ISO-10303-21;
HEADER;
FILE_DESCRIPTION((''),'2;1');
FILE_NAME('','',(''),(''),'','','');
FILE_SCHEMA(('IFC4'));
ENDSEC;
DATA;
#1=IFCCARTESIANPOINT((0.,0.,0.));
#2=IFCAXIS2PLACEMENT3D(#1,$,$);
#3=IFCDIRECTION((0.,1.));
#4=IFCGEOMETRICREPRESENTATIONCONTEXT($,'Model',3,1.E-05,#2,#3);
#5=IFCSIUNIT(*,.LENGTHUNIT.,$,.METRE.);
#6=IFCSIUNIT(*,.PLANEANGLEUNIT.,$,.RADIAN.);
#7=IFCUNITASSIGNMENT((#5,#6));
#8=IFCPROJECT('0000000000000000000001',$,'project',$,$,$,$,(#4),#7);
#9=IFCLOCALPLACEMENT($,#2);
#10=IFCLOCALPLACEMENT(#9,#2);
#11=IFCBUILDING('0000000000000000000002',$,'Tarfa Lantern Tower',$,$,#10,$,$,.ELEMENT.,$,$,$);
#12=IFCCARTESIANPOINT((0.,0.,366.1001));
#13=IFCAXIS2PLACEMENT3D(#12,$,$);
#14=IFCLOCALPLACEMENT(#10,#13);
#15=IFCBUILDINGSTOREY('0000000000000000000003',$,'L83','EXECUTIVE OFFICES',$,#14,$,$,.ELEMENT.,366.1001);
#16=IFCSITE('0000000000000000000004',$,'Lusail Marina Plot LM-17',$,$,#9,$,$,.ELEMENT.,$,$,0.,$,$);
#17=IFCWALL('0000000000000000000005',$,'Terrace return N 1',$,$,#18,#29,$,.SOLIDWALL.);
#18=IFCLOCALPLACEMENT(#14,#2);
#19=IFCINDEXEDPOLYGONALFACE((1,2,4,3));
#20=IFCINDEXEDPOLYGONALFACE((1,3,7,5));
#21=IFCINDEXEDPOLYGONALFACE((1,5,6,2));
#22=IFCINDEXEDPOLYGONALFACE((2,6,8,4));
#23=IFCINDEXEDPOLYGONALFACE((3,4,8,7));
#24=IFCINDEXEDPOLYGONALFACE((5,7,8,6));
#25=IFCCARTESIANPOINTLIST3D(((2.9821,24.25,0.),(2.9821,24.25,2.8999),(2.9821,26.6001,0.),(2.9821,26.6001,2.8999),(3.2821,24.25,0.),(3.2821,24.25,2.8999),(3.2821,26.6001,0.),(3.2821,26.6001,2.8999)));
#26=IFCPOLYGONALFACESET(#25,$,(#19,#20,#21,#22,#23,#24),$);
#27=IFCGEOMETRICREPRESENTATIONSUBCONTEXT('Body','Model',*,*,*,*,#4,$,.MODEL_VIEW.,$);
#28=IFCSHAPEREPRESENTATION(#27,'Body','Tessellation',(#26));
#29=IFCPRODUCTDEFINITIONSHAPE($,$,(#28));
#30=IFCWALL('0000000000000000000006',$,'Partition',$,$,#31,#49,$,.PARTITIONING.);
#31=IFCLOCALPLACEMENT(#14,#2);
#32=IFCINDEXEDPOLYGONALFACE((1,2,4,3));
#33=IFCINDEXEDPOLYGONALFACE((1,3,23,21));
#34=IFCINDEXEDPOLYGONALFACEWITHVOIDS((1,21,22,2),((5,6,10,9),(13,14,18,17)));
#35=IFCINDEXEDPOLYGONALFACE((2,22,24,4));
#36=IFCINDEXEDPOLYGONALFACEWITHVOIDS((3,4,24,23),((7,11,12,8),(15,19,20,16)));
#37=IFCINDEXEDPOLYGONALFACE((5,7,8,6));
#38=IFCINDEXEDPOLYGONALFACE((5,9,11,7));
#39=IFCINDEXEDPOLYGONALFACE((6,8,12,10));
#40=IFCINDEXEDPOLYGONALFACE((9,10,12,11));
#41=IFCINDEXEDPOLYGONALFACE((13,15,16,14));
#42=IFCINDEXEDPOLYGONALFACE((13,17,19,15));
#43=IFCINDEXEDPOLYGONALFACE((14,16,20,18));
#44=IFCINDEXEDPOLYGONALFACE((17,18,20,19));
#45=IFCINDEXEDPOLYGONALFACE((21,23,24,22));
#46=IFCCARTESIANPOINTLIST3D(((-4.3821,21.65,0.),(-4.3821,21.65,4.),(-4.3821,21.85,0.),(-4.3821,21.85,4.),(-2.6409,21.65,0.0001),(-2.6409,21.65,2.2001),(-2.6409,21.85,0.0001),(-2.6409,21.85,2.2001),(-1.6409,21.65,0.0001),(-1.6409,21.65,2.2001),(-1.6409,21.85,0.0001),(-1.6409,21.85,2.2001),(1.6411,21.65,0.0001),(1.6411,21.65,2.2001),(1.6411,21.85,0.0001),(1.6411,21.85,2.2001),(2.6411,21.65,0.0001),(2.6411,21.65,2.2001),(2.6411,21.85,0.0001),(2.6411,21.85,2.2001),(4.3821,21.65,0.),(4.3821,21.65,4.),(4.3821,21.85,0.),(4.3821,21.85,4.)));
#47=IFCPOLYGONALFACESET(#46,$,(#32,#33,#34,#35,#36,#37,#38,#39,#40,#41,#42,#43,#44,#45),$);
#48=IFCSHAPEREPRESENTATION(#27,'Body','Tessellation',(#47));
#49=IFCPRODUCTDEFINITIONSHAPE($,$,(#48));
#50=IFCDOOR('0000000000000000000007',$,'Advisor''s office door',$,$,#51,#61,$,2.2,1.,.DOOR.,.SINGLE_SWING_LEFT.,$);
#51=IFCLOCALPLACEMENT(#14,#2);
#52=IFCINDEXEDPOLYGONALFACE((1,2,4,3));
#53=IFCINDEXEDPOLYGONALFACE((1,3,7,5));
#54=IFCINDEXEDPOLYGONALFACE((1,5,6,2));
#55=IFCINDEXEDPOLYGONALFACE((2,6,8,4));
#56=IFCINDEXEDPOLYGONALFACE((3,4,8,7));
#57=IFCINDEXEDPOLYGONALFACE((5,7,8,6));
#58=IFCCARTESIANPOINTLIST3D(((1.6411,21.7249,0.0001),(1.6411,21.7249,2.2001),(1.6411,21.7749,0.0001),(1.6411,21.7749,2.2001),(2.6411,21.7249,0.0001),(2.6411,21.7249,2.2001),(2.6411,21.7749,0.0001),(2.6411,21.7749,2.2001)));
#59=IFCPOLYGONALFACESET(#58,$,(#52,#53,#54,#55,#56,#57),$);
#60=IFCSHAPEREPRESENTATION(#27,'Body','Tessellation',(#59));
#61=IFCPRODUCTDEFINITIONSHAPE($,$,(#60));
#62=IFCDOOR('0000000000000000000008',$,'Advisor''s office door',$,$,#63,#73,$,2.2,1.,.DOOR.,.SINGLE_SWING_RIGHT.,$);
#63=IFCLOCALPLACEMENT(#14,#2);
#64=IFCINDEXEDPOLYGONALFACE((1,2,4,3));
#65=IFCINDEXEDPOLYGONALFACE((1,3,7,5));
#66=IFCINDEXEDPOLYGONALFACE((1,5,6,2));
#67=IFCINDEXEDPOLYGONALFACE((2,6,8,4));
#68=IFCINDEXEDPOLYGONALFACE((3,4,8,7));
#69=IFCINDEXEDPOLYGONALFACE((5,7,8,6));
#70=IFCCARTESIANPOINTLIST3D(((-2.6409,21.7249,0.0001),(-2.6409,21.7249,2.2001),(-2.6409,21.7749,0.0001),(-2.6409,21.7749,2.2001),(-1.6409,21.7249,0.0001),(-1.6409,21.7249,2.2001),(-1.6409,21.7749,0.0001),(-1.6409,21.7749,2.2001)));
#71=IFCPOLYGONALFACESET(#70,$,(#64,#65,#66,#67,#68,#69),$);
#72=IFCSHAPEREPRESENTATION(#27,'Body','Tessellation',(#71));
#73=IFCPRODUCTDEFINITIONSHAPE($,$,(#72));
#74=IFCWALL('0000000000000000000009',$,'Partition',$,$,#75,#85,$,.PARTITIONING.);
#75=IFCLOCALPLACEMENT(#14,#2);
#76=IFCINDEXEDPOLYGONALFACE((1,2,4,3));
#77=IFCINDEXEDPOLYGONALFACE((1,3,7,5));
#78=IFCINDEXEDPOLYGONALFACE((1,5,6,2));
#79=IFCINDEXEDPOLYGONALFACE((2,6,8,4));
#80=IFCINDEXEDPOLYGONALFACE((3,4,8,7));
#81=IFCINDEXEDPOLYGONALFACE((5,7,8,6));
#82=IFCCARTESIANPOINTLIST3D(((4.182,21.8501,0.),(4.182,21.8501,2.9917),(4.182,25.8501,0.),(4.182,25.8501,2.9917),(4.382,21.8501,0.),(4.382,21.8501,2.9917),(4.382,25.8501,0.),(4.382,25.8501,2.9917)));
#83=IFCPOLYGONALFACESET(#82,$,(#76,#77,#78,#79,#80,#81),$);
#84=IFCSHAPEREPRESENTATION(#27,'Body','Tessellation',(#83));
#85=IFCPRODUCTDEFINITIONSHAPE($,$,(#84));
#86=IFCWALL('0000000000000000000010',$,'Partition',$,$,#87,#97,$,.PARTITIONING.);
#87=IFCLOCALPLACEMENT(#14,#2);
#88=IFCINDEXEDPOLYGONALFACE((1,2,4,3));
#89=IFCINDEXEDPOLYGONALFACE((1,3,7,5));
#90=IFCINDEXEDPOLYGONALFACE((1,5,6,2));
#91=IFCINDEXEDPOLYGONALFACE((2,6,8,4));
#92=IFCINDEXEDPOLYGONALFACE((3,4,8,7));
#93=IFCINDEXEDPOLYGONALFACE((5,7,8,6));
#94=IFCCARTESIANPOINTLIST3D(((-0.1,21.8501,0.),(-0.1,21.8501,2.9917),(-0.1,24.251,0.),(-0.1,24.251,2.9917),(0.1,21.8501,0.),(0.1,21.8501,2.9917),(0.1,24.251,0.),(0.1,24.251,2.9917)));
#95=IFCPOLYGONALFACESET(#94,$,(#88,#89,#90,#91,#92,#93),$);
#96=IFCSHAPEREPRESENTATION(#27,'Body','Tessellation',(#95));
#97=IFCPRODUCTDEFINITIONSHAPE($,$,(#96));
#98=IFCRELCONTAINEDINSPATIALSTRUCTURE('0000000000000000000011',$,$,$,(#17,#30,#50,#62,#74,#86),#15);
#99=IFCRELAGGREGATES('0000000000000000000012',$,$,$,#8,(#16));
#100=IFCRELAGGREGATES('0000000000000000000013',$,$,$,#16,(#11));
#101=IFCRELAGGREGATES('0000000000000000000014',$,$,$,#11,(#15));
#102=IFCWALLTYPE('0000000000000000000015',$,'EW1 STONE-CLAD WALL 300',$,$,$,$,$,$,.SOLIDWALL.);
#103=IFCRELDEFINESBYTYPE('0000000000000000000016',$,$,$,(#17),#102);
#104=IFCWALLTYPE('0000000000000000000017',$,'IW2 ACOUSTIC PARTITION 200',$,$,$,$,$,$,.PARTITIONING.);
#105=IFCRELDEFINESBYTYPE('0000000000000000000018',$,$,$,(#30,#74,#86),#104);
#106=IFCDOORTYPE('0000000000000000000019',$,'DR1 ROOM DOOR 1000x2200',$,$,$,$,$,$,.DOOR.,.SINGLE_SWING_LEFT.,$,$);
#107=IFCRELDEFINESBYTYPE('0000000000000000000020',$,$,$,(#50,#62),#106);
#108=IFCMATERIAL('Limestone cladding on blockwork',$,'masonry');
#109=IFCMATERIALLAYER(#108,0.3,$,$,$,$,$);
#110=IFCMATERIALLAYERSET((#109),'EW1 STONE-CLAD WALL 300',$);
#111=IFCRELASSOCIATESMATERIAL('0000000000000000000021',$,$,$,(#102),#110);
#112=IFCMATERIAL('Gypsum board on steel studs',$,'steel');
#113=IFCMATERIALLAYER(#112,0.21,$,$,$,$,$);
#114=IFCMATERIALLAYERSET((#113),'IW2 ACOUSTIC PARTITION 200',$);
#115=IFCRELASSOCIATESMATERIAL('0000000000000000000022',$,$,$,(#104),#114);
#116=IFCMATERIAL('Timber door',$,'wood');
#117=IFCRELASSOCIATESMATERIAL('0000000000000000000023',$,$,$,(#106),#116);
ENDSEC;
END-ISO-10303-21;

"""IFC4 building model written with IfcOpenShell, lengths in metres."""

from ifc_helpers import new_model, si_unit, direction, frame, frame_2d, origin, place, context, subcontext, project, spatial, rectangle, extrude, material, layer, layer_set, type_object, element, fill, save


model = new_model("IFC4")

# Units and contexts
model_context = context("Model", 3, precision=1e-05, world=origin(), true_north=direction((0.0, 1.0)))
body_context = subcontext(model_context, "Body", "Model", "MODEL_VIEW")
ifc_project = project(units=[si_unit("LENGTHUNIT", "METRE"), si_unit("PLANEANGLEUNIT", "RADIAN")], contexts=[model_context])

# Site, building, storey
site_placement = place(None, origin())
site = spatial("IfcSite", under=ifc_project, at=site_placement, Name="Lusail Marina Plot LM-17", CompositionType="ELEMENT", RefElevation=0.0)
building_placement = place(site_placement, origin())
building = spatial("IfcBuilding", under=site, at=building_placement, Name="Tarfa Lantern Tower", CompositionType="ELEMENT")
storey_placement = place(building_placement, frame((0.0, 0.0, 366.1001)))
storey = spatial("IfcBuildingStorey", under=building, at=storey_placement, Name="L83", Description="EXECUTIVE OFFICES", CompositionType="ELEMENT", Elevation=366.1001)

# Shared definitions
ifc_material_1 = material(Name="Limestone cladding on blockwork", Category="masonry")
ifc_layer_1 = layer(ifc_material_1, 0.3)
ifc_layer_set_1 = layer_set([ifc_layer_1], Name="EW1 STONE-CLAD WALL 300")
wall_type_1 = type_object("IfcWallType", Name="EW1 STONE-CLAD WALL 300", PredefinedType="SOLIDWALL", material=ifc_layer_set_1)

# Wall
wall_1_placement = place(storey_placement, frame((3.1321, 26.6001, 0.0), z_axis=(0.0, 0.0, 1.0), x_axis=(0.0, -1.0, 0.0)))
element("IfcWall", 1, at=wall_1_placement, inside=storey, type_object=wall_type_1, Name="Terrace return N 1", PredefinedType="SOLIDWALL", context=body_context, shape_type="SweptSolid", body=[
    extrude(rectangle(XDim=2.3501, YDim=0.3, at=frame_2d((1.175, 0.0))), origin(), (0.0, 0.0, 1.0), 2.8999),
])

# Wall, openings, doors
ifc_material_2 = material(Name="Gypsum board on steel studs", Category="steel")
ifc_layer_2 = layer(ifc_material_2, 0.21)
ifc_layer_set_2 = layer_set([ifc_layer_2], Name="IW2 ACOUSTIC PARTITION 200")
wall_type_2 = type_object("IfcWallType", Name="IW2 ACOUSTIC PARTITION 200", PredefinedType="PARTITIONING", material=ifc_layer_set_2)
wall_2_placement = place(storey_placement, frame((4.3821, 21.75, 0.0), z_axis=(0.0, 0.0, 1.0), x_axis=(-1.0, 0.0, 0.0)))
wall_2 = element("IfcWall", 2, at=wall_2_placement, inside=storey, type_object=wall_type_2, Name="Partition", PredefinedType="PARTITIONING", context=body_context, shape_type="SweptSolid", body=[
    extrude(rectangle(XDim=8.7642, YDim=0.2, at=frame_2d((4.3821, 0.0))), origin(), (0.0, 0.0, 1.0), 4.0),
])
opening_1_placement = place(wall_2_placement, frame((1.741, 0.0, 0.0)))
opening_1 = element("IfcOpeningElement", 3, at=opening_1_placement, cuts=wall_2, PredefinedType="OPENING", context=body_context, shape_type="SweptSolid", body=[
    extrude(rectangle(XDim=1.0, YDim=2.2, at=frame_2d((0.5, 1.1001))), frame((0.0, 0.1099, 0.0), z_axis=(0.0, -1.0, 0.0), x_axis=(1.0, 0.0, 0.0)), (0.0, 0.0, 1.0), 0.22),
])
opening_2_placement = place(wall_2_placement, frame((6.0229, 0.0, 0.0)))
opening_2 = element("IfcOpeningElement", 4, at=opening_2_placement, cuts=wall_2, PredefinedType="OPENING", context=body_context, shape_type="SweptSolid", body=[
    extrude(rectangle(XDim=1.0, YDim=2.2, at=frame_2d((0.5, 1.1001))), frame((0.0, 0.1099, 0.0), z_axis=(0.0, -1.0, 0.0), x_axis=(1.0, 0.0, 0.0)), (0.0, 0.0, 1.0), 0.22),
])
ifc_material_3 = material(Name="Timber door", Category="wood")
door_type_1 = type_object("IfcDoorType", Name="DR1 ROOM DOOR 1000x2200", OperationType="SINGLE_SWING_LEFT", PredefinedType="DOOR", material=ifc_material_3)
door_1_placement = place(opening_1_placement, frame((1.0, 0.0, 0.0), z_axis=(0.0, 0.0, 1.0), x_axis=(-1.0, 0.0, 0.0)))
door_1 = element("IfcDoor", 5, at=door_1_placement, inside=storey, type_object=door_type_1, Name="Advisor's office door", OperationType="SINGLE_SWING_LEFT", OverallHeight=2.2, OverallWidth=1.0, PredefinedType="DOOR", context=body_context, shape_type="SweptSolid", body=[
    extrude(rectangle(XDim=1.0, YDim=2.2, at=frame_2d((0.5, 1.1001))), frame((0.0, 0.0249, 0.0), z_axis=(0.0, -1.0, 0.0), x_axis=(1.0, 0.0, 0.0)), (0.0, 0.0, 1.0), 0.05),
])
fill(opening_1, door_1)
door_2_placement = place(opening_2_placement, frame((1.0, 0.0, 0.0), z_axis=(0.0, 0.0, 1.0), x_axis=(-1.0, 0.0, 0.0)))
door_2 = element("IfcDoor", 6, at=door_2_placement, inside=storey, type_object=door_type_1, Name="Advisor's office door", OperationType="SINGLE_SWING_RIGHT", OverallHeight=2.2, OverallWidth=1.0, PredefinedType="DOOR", context=body_context, shape_type="SweptSolid", body=[
    extrude(rectangle(XDim=1.0, YDim=2.2, at=frame_2d((0.5, 1.1001))), frame((0.0, 0.0249, 0.0), z_axis=(0.0, -1.0, 0.0), x_axis=(1.0, 0.0, 0.0)), (0.0, 0.0, 1.0), 0.05),
])
fill(opening_2, door_2)

# Walls
wall_3_placement = place(storey_placement, frame((4.282, 21.8501, 0.0), z_axis=(0.0, 0.0, 1.0), x_axis=(0.0, 1.0, 0.0)))
element("IfcWall", 7, at=wall_3_placement, inside=storey, type_object=wall_type_2, Name="Partition", PredefinedType="PARTITIONING", context=body_context, shape_type="SweptSolid", body=[
    extrude(rectangle(XDim=4.0, YDim=0.2, at=frame_2d((2.0, 0.0))), origin(), (0.0, 0.0, 1.0), 2.9917),
])
wall_4_placement = place(storey_placement, frame((0.0, 21.8501, 0.0), z_axis=(0.0, 0.0, 1.0), x_axis=(0.0, 1.0, 0.0)))
element("IfcWall", 8, at=wall_4_placement, inside=storey, type_object=wall_type_2, Name="Partition", PredefinedType="PARTITIONING", context=body_context, shape_type="SweptSolid", body=[
    extrude(rectangle(XDim=2.4009, YDim=0.2, at=frame_2d((1.2004, 0.0))), origin(), (0.0, 0.0, 1.0), 2.9917),
])

save(model, "model.ifc")
